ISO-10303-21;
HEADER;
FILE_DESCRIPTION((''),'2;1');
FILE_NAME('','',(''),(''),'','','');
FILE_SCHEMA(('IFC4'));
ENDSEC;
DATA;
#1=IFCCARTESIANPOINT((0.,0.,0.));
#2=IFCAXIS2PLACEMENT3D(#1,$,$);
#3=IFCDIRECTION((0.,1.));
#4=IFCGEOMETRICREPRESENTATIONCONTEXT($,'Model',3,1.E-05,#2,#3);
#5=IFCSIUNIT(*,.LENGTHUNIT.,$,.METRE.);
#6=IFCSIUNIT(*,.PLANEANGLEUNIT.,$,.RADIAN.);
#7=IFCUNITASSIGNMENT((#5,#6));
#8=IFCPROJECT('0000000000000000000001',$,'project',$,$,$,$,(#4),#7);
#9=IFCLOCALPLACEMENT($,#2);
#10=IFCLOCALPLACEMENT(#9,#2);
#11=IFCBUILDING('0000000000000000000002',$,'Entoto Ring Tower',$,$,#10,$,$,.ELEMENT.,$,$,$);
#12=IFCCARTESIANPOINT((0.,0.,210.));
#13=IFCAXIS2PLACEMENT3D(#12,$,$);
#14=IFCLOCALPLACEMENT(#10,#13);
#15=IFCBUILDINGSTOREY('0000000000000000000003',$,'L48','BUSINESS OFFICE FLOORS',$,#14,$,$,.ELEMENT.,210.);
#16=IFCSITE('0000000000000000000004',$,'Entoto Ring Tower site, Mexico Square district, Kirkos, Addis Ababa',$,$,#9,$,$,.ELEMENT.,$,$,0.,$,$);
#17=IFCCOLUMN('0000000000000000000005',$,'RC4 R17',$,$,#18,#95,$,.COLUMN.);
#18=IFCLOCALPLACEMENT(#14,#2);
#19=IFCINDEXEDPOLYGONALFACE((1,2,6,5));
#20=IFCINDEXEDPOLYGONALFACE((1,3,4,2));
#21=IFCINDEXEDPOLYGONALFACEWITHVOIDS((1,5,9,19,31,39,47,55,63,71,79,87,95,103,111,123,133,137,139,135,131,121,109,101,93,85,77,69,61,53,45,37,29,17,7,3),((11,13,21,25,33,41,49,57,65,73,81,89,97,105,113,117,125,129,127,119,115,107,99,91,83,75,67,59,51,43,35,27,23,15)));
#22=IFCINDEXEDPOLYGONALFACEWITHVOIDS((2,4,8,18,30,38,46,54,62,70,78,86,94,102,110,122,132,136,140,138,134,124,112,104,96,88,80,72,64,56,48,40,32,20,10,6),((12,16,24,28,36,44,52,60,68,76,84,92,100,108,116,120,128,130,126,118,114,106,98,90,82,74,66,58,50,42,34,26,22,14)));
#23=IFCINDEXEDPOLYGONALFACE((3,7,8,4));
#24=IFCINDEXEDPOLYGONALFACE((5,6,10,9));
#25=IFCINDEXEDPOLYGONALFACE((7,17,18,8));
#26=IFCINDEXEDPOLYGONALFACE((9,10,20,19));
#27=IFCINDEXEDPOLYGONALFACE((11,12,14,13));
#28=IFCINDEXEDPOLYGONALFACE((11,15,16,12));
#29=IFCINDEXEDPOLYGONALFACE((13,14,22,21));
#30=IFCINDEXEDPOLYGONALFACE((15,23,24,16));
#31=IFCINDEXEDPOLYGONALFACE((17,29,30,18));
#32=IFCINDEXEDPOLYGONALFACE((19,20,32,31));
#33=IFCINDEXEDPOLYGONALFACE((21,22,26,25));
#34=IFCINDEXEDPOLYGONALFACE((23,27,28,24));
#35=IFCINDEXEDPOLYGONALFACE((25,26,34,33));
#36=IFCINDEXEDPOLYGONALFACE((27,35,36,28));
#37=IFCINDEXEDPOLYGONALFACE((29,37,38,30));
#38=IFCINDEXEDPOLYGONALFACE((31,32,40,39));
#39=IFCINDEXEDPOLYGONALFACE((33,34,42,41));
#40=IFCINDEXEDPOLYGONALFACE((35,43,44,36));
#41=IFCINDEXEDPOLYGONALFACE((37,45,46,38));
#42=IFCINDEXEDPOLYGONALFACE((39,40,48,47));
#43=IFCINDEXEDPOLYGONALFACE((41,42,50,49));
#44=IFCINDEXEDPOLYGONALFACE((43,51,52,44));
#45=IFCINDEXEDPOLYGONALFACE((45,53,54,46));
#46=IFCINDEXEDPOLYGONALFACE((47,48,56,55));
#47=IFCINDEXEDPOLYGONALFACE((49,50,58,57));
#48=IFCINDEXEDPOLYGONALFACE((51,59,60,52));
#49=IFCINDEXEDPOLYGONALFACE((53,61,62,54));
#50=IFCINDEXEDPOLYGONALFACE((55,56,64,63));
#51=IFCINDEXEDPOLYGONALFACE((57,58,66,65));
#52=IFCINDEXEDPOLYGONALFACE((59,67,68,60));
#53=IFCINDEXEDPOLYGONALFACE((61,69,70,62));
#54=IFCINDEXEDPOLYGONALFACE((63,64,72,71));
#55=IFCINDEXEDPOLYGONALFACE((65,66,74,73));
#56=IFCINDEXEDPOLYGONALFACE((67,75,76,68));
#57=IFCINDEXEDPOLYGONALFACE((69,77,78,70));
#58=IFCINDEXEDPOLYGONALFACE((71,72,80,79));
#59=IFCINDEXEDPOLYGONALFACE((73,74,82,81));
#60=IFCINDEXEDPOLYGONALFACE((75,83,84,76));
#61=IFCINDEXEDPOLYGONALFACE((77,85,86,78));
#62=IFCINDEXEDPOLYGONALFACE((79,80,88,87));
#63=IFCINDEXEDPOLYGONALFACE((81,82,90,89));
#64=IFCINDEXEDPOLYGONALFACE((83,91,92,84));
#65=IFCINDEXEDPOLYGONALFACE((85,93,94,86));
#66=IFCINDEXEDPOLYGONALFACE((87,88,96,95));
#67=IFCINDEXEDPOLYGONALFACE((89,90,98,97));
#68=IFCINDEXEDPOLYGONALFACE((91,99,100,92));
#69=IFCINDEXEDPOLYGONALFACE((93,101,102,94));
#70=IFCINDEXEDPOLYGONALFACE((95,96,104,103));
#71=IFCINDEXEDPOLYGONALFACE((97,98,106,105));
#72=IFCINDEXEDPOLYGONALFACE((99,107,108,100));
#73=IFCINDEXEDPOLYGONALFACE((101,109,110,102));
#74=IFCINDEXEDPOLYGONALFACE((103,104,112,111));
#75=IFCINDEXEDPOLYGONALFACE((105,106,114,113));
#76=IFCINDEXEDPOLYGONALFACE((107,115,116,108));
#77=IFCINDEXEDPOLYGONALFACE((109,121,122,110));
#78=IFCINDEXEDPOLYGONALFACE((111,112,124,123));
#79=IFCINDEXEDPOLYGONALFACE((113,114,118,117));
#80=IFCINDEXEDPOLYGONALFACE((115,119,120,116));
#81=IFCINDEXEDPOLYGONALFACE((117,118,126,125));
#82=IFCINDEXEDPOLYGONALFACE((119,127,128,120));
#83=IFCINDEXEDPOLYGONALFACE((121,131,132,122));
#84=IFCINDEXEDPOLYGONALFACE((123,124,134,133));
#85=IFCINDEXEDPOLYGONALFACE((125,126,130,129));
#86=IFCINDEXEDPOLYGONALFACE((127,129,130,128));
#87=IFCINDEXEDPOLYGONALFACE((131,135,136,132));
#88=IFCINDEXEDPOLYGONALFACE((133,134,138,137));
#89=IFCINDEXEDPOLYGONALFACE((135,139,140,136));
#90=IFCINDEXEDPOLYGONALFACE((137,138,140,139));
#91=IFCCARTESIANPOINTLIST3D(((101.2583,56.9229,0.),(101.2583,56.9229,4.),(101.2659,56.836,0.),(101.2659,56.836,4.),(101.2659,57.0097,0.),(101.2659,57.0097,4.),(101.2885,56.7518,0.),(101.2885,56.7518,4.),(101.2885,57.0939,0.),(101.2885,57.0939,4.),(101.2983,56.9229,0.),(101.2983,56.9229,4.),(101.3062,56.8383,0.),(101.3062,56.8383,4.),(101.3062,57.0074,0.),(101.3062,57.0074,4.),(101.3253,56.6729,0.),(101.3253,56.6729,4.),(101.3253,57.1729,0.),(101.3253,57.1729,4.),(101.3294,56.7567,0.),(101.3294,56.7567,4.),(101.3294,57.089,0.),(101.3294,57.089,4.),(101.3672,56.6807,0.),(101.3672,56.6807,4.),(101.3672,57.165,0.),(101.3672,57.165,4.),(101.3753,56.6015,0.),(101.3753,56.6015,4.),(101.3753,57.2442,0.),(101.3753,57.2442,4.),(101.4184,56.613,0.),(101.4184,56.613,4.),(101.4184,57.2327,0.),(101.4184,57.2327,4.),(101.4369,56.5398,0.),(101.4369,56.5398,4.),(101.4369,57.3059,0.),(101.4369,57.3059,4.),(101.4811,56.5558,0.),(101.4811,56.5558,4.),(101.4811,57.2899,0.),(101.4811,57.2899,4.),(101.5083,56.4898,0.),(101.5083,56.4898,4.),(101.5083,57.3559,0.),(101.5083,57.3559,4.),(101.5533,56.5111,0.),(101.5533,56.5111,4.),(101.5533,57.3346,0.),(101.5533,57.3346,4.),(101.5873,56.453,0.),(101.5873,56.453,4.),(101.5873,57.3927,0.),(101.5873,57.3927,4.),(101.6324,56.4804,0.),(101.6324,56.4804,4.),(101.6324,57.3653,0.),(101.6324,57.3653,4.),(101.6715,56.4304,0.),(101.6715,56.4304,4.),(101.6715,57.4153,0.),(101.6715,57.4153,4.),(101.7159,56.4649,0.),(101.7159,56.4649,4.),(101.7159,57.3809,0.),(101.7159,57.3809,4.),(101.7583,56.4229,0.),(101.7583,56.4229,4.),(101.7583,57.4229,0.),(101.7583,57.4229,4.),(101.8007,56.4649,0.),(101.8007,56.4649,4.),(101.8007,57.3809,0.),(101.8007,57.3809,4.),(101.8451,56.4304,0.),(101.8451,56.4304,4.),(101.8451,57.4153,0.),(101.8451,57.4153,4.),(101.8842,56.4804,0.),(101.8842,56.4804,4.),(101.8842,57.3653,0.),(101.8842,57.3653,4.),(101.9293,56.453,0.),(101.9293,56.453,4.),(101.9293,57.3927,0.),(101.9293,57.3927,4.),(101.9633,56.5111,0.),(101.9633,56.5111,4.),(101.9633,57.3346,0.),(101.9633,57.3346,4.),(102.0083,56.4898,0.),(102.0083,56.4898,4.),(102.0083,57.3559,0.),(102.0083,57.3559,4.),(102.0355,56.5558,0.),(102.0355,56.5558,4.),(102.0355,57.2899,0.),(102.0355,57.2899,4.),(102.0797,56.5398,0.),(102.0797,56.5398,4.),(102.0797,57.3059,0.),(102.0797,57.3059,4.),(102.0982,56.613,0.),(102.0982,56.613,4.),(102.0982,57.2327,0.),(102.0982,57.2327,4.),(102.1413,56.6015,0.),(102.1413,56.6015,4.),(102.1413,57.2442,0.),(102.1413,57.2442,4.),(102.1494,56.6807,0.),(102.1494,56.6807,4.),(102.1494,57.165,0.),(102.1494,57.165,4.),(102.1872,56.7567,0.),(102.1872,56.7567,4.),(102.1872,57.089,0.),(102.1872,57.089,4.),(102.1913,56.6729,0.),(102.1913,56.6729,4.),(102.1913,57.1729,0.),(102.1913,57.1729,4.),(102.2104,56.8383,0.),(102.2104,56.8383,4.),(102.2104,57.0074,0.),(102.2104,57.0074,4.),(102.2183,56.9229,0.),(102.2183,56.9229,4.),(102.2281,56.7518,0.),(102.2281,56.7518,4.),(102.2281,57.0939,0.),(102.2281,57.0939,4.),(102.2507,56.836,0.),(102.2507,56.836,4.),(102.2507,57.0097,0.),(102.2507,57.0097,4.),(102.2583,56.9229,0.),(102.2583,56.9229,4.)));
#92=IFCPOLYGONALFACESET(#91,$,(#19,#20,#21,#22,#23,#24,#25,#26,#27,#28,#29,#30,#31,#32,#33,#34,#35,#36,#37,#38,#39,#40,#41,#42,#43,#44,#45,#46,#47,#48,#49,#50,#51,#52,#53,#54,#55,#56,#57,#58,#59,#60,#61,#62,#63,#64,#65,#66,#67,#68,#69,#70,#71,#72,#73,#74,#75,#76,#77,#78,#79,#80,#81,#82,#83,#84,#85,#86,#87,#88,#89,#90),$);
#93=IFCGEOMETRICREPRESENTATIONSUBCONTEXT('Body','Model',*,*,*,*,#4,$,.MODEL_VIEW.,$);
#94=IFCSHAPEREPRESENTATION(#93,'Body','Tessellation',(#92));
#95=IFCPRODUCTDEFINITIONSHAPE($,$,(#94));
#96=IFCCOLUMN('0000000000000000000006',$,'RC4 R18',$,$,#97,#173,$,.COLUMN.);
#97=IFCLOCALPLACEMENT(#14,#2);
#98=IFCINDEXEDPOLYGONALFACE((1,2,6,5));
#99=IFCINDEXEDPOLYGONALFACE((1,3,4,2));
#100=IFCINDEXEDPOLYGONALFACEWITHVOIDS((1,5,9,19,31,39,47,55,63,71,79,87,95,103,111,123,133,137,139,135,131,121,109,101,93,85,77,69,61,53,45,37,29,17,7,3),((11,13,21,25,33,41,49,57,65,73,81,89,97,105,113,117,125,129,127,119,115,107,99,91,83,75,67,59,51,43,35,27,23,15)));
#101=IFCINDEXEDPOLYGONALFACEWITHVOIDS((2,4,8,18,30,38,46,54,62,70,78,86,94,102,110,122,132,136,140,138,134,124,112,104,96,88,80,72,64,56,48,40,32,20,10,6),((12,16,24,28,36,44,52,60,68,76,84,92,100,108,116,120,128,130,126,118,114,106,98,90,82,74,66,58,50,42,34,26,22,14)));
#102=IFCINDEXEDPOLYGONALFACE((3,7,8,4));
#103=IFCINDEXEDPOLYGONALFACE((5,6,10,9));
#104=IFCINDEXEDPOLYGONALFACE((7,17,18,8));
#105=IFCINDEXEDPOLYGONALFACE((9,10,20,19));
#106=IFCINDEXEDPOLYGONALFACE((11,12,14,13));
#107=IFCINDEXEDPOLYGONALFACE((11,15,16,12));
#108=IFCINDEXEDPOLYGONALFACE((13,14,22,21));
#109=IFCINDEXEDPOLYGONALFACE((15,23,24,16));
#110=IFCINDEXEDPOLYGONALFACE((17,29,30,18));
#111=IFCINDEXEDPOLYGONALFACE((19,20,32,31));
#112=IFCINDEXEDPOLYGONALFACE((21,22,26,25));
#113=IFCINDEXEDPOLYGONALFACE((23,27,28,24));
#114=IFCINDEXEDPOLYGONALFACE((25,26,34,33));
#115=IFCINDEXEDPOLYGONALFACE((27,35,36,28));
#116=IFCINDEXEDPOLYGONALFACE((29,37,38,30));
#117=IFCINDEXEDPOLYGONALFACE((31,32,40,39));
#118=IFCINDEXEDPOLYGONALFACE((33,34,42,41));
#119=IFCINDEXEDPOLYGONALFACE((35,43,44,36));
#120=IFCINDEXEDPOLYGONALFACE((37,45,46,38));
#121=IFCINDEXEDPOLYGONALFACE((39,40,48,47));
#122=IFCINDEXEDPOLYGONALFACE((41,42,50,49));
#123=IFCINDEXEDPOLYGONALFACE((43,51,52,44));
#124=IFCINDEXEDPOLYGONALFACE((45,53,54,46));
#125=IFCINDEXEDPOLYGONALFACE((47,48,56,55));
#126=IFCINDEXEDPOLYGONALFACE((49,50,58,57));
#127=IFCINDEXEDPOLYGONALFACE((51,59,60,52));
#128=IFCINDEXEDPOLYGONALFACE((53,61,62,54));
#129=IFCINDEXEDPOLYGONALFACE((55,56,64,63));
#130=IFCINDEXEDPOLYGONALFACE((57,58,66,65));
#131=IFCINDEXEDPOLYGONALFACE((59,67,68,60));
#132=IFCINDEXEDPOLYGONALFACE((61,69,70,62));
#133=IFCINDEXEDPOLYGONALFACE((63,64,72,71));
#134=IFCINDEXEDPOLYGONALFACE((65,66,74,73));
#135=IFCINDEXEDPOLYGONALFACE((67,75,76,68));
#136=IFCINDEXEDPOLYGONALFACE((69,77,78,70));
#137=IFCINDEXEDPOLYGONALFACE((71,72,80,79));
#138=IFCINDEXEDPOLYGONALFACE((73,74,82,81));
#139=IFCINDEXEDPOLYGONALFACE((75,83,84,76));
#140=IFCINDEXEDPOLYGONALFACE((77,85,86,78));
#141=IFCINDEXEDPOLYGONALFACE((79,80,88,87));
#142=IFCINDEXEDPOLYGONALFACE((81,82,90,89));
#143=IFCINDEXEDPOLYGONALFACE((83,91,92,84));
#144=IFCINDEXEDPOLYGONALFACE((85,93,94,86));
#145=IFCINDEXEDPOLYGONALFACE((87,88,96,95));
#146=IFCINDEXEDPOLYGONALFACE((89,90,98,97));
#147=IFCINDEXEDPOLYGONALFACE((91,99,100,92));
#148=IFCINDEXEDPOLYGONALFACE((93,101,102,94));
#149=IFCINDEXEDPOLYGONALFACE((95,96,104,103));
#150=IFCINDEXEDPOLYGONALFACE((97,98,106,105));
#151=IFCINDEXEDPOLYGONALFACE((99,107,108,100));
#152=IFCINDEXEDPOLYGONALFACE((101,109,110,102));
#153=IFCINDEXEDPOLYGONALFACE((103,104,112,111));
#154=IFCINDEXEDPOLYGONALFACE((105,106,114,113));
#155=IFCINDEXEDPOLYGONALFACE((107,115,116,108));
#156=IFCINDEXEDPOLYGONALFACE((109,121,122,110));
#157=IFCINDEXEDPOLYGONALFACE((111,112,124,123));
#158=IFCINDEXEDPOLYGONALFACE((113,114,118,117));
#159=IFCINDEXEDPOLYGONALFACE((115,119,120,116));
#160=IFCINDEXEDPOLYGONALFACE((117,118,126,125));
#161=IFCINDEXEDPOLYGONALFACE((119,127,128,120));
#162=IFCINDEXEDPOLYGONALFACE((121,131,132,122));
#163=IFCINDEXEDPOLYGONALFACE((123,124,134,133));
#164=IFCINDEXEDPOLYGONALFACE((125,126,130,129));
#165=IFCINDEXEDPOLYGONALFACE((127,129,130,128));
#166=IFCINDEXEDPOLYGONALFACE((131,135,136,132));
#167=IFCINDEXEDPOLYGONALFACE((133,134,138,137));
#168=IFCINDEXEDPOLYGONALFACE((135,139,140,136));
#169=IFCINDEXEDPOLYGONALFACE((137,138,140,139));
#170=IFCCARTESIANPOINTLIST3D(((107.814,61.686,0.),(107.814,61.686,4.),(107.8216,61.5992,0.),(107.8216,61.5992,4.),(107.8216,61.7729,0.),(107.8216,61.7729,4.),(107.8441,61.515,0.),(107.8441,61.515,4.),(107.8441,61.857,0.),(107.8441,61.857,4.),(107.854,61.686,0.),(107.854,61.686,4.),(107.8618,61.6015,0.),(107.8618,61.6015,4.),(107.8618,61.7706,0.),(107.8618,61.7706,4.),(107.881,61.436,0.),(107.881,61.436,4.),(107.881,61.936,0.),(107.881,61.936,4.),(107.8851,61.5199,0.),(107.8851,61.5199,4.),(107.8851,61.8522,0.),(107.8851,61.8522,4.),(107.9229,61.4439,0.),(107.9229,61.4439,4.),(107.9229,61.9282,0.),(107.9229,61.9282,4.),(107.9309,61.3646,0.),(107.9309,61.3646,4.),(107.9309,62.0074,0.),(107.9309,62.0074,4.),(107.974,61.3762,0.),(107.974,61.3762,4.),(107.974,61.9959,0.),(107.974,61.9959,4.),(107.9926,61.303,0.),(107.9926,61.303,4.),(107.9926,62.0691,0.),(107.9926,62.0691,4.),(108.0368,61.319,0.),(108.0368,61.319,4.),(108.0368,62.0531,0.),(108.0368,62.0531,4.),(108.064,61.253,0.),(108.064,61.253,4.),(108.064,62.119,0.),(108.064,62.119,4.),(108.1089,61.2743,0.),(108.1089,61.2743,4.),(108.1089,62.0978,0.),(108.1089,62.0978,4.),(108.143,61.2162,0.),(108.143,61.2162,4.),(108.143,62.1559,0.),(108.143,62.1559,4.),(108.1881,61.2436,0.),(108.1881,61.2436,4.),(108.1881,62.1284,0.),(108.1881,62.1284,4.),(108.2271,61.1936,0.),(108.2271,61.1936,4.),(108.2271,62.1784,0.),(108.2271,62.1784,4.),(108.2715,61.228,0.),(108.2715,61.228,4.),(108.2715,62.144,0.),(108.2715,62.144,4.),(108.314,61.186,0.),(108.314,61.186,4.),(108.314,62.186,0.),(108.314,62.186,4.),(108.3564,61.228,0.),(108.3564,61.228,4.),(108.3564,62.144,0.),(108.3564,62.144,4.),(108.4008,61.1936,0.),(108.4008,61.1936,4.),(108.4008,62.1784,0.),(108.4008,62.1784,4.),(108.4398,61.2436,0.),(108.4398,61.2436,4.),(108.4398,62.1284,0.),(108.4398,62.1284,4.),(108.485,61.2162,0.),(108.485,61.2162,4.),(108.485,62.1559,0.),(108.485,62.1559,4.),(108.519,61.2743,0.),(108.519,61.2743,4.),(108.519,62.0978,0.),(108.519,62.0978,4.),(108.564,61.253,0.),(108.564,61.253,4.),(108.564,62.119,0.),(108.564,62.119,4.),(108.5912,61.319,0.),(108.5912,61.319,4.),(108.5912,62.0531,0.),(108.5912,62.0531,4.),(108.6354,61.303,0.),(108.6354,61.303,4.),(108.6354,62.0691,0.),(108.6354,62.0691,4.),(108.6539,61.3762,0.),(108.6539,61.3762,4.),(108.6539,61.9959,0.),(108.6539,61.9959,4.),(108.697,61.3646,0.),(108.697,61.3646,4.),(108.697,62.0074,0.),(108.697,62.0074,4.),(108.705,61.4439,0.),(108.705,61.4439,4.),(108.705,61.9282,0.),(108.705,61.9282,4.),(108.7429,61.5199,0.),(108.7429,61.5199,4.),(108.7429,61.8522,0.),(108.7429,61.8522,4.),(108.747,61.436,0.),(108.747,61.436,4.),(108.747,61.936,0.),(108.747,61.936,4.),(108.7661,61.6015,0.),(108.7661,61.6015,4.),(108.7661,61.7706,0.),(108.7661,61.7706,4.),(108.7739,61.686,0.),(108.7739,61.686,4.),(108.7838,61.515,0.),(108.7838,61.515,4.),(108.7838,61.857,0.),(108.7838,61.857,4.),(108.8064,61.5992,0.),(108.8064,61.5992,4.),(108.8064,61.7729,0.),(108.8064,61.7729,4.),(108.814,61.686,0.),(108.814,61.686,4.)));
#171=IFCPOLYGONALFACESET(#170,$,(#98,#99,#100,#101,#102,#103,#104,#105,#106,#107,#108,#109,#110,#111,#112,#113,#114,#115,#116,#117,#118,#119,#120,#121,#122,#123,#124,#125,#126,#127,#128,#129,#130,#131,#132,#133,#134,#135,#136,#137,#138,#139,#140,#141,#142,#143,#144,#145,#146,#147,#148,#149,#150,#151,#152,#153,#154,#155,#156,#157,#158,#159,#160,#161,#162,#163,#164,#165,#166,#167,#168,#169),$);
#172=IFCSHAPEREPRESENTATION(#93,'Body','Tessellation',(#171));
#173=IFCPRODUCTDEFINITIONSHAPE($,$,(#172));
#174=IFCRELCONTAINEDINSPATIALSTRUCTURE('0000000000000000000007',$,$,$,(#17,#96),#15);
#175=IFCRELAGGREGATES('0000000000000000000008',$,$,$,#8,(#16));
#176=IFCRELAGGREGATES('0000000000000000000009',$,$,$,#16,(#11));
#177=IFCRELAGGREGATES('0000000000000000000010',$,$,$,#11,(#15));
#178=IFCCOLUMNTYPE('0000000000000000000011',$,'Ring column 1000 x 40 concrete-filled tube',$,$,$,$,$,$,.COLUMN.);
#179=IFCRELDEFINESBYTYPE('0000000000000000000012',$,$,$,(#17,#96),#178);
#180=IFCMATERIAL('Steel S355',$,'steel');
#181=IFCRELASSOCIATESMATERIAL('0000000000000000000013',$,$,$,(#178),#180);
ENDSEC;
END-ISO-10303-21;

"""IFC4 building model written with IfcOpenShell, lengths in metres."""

from ifc_helpers import new_model, si_unit, direction, frame, origin, origin_2d, place, context, subcontext, project, spatial, circle, hollow_circle, extrude, material, material_profile, profile_set, type_object, element, save


model = new_model("IFC4")

# Units and contexts
model_context = context("Model", 3, precision=1e-05, world=origin(), true_north=direction((0.0, 1.0)))
body_context = subcontext(model_context, "Body", "Model", "MODEL_VIEW")
ifc_project = project(units=[si_unit("LENGTHUNIT", "METRE"), si_unit("PLANEANGLEUNIT", "RADIAN")], contexts=[model_context])

# Site, building, storey
site_placement = place(None, origin())
site = spatial("IfcSite", under=ifc_project, at=site_placement, Name="Entoto Ring Tower site, Mexico Square district, Kirkos, Addis Ababa", CompositionType="ELEMENT", RefElevation=0.0)
building_placement = place(site_placement, origin())
building = spatial("IfcBuilding", under=site, at=building_placement, Name="Entoto Ring Tower", CompositionType="ELEMENT")
storey_placement = place(building_placement, frame((0.0, 0.0, 210.0)))
storey = spatial("IfcBuildingStorey", under=building, at=storey_placement, Name="L48", Description="BUSINESS OFFICE FLOORS", CompositionType="ELEMENT", Elevation=210.0)

# Columns
ifc_material_1 = material(Name="Steel S355", Category="steel")
ifc_material_profile_1 = material_profile(ifc_material_1, hollow_circle(Radius=0.5, WallThickness=0.04, at=origin_2d()), Name="CHS 1000 x 40")
ifc_material_2 = material(Name="Concrete C60/75", Category="concrete")
ifc_material_profile_2 = material_profile(ifc_material_2, circle(Radius=0.46, at=origin_2d()), Name="Concrete C60/75 infill")
ifc_profile_set_1 = profile_set([ifc_material_profile_1, ifc_material_profile_2], Name="Steel S355")
column_type = type_object("IfcColumnType", Name="Ring column 1000 x 40 concrete-filled tube", PredefinedType="COLUMN", material=ifc_profile_set_1)
for number, where, z_axis, x_axis, name in (
    (1, (101.7583, 56.9229, 0.0), (0.0, 0.0, 1.0), (1.0, 0.0, 0.0), "RC4 R17"),
    (2, (108.314, 61.686, 0.0), (0.0, 0.0, 1.0), (1.0, 0.0, 0.0), "RC4 R18"),
):
    element("IfcColumn", number, at=place(storey_placement, frame(where, z_axis=z_axis, x_axis=x_axis)), inside=storey, type_object=column_type, Name=name, PredefinedType="COLUMN", context=body_context, shape_type="SweptSolid", body=[
        extrude(hollow_circle(Radius=0.5, WallThickness=0.04, at=origin_2d()), origin(), (0.0, 0.0, 1.0), 4.0),
    ])

save(model, "model.ifc")
